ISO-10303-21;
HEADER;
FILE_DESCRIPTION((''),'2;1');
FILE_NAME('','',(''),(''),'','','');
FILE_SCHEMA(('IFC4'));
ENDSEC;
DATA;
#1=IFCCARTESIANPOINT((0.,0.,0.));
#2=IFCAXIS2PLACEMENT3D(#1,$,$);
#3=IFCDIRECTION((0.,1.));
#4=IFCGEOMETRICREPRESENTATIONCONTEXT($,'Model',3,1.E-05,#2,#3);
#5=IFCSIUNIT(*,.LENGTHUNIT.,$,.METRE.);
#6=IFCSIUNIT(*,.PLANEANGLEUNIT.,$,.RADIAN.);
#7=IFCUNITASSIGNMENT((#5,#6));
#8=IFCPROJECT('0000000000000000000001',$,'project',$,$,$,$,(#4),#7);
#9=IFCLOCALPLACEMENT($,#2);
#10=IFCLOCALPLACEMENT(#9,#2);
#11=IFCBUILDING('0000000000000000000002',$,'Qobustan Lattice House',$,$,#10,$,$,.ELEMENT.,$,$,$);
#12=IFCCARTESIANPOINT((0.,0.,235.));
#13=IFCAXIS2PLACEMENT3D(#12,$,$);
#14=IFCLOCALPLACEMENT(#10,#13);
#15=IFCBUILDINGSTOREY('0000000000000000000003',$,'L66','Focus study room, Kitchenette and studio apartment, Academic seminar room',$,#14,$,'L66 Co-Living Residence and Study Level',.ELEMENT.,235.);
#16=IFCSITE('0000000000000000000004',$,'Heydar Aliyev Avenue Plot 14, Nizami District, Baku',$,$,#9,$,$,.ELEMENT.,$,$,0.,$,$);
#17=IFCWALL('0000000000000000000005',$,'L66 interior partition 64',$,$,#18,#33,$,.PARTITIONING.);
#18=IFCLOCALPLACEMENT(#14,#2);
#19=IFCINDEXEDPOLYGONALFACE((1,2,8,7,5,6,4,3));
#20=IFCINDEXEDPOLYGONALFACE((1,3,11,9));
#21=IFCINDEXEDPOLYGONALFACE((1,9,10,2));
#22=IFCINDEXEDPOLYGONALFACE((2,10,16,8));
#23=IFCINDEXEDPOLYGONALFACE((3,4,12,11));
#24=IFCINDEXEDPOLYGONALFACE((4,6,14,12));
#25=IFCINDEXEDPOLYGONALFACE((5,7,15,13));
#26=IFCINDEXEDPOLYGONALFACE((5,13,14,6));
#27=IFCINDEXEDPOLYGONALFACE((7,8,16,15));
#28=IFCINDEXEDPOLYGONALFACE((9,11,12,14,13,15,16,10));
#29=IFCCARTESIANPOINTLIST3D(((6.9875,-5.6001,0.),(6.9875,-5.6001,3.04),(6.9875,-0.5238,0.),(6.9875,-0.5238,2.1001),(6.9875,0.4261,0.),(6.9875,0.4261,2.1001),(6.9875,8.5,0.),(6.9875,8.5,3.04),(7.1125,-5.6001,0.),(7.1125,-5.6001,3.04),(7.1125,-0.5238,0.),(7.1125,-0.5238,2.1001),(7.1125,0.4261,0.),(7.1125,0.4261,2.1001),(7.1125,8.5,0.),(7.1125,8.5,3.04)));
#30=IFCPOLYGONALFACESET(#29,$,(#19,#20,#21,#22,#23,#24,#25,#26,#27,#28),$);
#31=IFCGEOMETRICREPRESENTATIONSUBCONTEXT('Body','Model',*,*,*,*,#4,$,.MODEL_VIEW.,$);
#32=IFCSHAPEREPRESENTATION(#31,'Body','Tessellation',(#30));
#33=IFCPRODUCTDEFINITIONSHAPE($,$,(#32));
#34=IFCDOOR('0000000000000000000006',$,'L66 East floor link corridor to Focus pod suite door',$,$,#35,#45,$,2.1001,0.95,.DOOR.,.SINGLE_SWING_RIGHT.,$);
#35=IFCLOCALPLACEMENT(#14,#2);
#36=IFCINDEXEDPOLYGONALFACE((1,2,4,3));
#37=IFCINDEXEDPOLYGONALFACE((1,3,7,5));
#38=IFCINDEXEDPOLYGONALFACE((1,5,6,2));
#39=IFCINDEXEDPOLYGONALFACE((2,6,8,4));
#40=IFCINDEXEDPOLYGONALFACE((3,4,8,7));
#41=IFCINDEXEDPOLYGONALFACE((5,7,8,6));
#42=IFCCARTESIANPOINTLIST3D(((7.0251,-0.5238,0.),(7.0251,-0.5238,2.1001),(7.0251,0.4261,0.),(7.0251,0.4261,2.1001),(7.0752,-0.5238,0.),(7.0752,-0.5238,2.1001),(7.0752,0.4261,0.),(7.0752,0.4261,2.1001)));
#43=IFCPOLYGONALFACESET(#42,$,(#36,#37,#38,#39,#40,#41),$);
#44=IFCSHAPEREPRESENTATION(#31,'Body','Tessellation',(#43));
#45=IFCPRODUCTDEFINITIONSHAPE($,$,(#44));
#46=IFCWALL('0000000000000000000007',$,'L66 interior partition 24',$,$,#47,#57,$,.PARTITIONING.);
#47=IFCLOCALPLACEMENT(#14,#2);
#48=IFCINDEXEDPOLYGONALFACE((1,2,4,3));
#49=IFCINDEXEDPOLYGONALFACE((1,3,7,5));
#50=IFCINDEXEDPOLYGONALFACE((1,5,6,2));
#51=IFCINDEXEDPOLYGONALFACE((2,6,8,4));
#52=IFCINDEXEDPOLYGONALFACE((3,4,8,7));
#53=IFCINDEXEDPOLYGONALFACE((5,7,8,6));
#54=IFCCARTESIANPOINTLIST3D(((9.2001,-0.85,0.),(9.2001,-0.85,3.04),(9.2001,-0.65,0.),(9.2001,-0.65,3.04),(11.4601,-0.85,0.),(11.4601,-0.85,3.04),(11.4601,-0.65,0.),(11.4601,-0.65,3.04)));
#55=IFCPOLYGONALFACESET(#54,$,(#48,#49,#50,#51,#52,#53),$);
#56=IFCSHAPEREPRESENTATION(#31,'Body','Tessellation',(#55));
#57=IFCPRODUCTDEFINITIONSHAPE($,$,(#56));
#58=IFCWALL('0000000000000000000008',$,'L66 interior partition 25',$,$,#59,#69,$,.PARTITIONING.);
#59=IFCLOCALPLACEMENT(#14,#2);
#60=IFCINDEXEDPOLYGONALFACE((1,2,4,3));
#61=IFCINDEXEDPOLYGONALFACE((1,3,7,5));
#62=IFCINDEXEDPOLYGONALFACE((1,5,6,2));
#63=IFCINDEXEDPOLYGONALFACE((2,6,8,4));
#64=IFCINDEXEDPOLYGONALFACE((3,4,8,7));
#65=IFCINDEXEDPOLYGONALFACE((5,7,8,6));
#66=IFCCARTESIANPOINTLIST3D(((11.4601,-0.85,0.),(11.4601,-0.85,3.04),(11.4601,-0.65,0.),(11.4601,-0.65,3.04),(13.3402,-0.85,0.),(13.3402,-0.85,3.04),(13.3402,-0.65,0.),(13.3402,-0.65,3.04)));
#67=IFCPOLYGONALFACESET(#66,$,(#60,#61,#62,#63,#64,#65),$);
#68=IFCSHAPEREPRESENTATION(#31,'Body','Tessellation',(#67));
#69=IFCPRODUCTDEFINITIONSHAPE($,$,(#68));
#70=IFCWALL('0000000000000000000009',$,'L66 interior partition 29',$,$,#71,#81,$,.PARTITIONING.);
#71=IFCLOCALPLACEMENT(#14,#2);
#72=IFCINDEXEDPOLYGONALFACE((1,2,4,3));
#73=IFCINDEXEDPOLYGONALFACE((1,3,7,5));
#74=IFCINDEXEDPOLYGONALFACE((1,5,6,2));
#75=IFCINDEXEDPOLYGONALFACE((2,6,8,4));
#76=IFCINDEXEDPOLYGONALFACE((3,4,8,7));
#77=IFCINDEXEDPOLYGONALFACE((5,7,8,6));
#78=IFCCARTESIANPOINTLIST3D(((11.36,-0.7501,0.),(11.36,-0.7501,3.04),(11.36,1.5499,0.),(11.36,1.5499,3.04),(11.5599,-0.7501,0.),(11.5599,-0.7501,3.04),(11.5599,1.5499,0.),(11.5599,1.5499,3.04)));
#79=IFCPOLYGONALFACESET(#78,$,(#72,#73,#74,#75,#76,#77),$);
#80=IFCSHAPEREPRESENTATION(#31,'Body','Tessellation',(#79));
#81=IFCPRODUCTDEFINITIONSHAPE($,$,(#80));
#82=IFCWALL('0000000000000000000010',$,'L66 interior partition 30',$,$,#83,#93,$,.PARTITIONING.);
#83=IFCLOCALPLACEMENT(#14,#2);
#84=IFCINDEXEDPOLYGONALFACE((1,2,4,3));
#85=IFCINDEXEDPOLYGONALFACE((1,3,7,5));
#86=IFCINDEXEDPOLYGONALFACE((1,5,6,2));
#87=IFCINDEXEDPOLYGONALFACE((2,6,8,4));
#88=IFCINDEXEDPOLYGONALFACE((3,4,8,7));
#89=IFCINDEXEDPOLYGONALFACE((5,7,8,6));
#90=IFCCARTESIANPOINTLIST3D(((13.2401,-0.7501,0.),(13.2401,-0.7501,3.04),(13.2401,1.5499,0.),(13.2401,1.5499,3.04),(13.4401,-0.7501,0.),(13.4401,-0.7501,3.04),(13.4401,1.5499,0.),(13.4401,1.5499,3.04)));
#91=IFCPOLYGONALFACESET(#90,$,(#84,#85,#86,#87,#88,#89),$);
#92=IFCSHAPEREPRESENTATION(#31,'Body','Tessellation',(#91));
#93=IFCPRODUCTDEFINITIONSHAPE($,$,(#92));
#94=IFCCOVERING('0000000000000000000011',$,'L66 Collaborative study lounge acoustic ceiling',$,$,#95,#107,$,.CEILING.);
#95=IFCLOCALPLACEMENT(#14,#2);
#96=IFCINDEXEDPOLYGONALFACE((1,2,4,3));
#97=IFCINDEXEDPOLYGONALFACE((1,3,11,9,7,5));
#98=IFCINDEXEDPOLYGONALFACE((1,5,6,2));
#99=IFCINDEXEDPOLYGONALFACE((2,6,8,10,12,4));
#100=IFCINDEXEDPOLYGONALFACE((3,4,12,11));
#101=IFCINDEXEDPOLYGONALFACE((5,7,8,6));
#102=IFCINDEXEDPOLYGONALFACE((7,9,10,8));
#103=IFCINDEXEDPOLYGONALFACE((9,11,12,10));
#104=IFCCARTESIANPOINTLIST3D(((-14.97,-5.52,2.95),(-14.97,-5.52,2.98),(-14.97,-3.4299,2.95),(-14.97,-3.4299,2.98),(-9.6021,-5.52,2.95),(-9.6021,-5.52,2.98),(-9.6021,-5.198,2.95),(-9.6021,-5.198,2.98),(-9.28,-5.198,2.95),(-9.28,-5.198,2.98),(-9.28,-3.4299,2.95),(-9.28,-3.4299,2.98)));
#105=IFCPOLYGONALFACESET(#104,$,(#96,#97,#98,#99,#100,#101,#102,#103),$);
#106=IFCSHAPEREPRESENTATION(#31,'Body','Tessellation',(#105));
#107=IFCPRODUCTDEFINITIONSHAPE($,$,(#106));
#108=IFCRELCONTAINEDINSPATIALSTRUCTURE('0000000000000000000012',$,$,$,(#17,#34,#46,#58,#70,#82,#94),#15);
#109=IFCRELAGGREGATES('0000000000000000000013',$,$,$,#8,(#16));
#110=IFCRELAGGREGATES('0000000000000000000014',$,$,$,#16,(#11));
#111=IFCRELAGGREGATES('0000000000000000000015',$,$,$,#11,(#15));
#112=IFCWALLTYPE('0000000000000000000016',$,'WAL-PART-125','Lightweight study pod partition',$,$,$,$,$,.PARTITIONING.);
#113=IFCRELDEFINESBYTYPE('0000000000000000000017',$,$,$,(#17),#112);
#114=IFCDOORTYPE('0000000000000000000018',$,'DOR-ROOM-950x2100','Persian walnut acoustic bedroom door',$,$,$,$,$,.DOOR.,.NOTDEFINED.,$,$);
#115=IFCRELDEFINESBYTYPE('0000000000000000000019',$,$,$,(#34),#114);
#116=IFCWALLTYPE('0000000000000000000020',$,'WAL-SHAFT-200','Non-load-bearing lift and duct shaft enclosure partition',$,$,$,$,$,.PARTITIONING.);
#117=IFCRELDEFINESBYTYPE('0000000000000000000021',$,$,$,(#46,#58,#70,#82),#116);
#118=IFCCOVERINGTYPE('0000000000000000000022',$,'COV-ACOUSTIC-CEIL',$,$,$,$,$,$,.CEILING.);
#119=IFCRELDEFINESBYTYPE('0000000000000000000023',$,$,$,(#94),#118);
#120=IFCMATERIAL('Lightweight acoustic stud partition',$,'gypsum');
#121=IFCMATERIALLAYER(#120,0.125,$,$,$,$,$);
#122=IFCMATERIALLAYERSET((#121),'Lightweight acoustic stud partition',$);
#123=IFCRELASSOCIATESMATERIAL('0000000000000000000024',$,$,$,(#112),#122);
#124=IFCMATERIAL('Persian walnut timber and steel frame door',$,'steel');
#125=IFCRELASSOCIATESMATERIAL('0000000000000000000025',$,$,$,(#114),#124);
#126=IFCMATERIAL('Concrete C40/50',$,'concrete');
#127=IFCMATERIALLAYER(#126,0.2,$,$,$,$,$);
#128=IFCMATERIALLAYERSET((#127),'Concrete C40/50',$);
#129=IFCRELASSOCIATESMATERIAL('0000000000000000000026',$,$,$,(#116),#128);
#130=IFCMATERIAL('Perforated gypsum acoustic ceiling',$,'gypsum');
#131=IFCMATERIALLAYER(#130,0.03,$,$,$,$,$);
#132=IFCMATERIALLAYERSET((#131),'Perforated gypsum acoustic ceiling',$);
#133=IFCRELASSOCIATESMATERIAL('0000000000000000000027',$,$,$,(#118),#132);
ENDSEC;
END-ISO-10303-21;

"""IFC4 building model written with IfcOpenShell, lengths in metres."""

from ifc_helpers import new_model, si_unit, direction, frame, frame_2d, origin, place, context, subcontext, project, spatial, polyline, rectangle, outline, extrude, material, layer, layer_set, type_object, element, fill, save


model = new_model("IFC4")

# Units and contexts
model_context = context("Model", 3, precision=1e-05, world=origin(), true_north=direction((0.0, 1.0)))
body_context = subcontext(model_context, "Body", "Model", "MODEL_VIEW")
ifc_project = project(units=[si_unit("LENGTHUNIT", "METRE"), si_unit("PLANEANGLEUNIT", "RADIAN")], contexts=[model_context])

# Site, building, storey
site_placement = place(None, origin())
site = spatial("IfcSite", under=ifc_project, at=site_placement, Name="Heydar Aliyev Avenue Plot 14, Nizami District, Baku", CompositionType="ELEMENT", RefElevation=0.0)
building_placement = place(site_placement, origin())
building = spatial("IfcBuilding", under=site, at=building_placement, Name="Qobustan Lattice House", CompositionType="ELEMENT")
storey_placement = place(building_placement, frame((0.0, 0.0, 235.0)))
storey = spatial("IfcBuildingStorey", under=building, at=storey_placement, Name="L66", Description="Focus study room, Kitchenette and studio apartment, Academic seminar room", LongName="L66 Co-Living Residence and Study Level", CompositionType="ELEMENT", Elevation=235.0)

# Wall, opening, door
ifc_material_1 = material(Name="Lightweight acoustic stud partition", Category="gypsum")
ifc_layer_1 = layer(ifc_material_1, 0.125)
ifc_layer_set_1 = layer_set([ifc_layer_1], Name="Lightweight acoustic stud partition")
wall_type_1 = type_object("IfcWallType", Name="WAL-PART-125", Description="Lightweight study pod partition", PredefinedType="PARTITIONING", material=ifc_layer_set_1)
wall_1_placement = place(storey_placement, frame((7.05, -5.6001, 0.0), z_axis=(0.0, 0.0, 1.0), x_axis=(0.0, 1.0, 0.0)))
wall_1 = element("IfcWall", 1, at=wall_1_placement, inside=storey, type_object=wall_type_1, Name="L66 interior partition 64", PredefinedType="PARTITIONING", context=body_context, shape_type="SweptSolid", body=[
    extrude(rectangle(XDim=14.1001, YDim=0.125, at=frame_2d((7.05, 0.0))), origin(), (0.0, 0.0, 1.0), 3.04),
])
opening_1_placement = place(wall_1_placement, frame((5.0762, 0.0, 0.0)))
opening_1 = element("IfcOpeningElement", 2, at=opening_1_placement, cuts=wall_1, PredefinedType="OPENING", context=body_context, shape_type="SweptSolid", body=[
    extrude(rectangle(XDim=0.95, YDim=2.1001, at=frame_2d((0.4751, 1.05))), frame((0.0, 0.0725, 0.0), z_axis=(0.0, -1.0, 0.0), x_axis=(1.0, 0.0, 0.0)), (0.0, 0.0, 1.0), 0.145),
])
ifc_material_2 = material(Name="Persian walnut timber and steel frame door", Category="steel")
door_type_1 = type_object("IfcDoorType", Name="DOR-ROOM-950x2100", Description="Persian walnut acoustic bedroom door", OperationType="NOTDEFINED", PredefinedType="DOOR", material=ifc_material_2)
door_1_placement = place(opening_1_placement, origin())
door_1 = element("IfcDoor", 3, at=door_1_placement, inside=storey, type_object=door_type_1, Name="L66 East floor link corridor to Focus pod suite door", OperationType="SINGLE_SWING_RIGHT", OverallHeight=2.1001, OverallWidth=0.95, PredefinedType="DOOR", context=body_context, shape_type="SweptSolid", body=[
    extrude(rectangle(XDim=0.95, YDim=2.1001, at=frame_2d((0.4751, 1.05))), frame((0.0, 0.0249, 0.0), z_axis=(0.0, -1.0, 0.0), x_axis=(1.0, 0.0, 0.0)), (0.0, 0.0, 1.0), 0.05),
])
fill(opening_1, door_1)

# Walls
ifc_material_3 = material(Name="Concrete C40/50", Category="concrete")
ifc_layer_2 = layer(ifc_material_3, 0.2)
ifc_layer_set_2 = layer_set([ifc_layer_2], Name="Concrete C40/50")
wall_type_2 = type_object("IfcWallType", Name="WAL-SHAFT-200", Description="Non-load-bearing lift and duct shaft enclosure partition", PredefinedType="PARTITIONING", material=ifc_layer_set_2)
wall_2_placement = place(storey_placement, frame((11.46, -0.75, 0.0), z_axis=(0.0, 0.0, 1.0), x_axis=(-1.0, 0.0, 0.0)))
element("IfcWall", 4, at=wall_2_placement, inside=storey, type_object=wall_type_2, Name="L66 interior partition 24", PredefinedType="PARTITIONING", context=body_context, shape_type="SweptSolid", body=[
    extrude(rectangle(XDim=2.26, YDim=0.2, at=frame_2d((1.1299, 0.0))), origin(), (0.0, 0.0, 1.0), 3.04),
])
wall_3_placement = place(storey_placement, frame((13.3401, -0.75, 0.0), z_axis=(0.0, 0.0, 1.0), x_axis=(-1.0, 0.0, 0.0)))
element("IfcWall", 5, at=wall_3_placement, inside=storey, type_object=wall_type_2, Name="L66 interior partition 25", PredefinedType="PARTITIONING", context=body_context, shape_type="SweptSolid", body=[
    extrude(rectangle(XDim=1.8801, YDim=0.2, at=frame_2d((0.9399, 0.0))), origin(), (0.0, 0.0, 1.0), 3.04),
])
for number, where, z_axis, x_axis, name in (
    (6, (11.46, -0.75, 0.0), (0.0, 0.0, 1.0), (0.0, 1.0, 0.0), "L66 interior partition 29"),
    (7, (13.3401, -0.75, 0.0), (0.0, 0.0, 1.0), (0.0, 1.0, 0.0), "L66 interior partition 30"),
):
    element("IfcWall", number, at=place(storey_placement, frame(where, z_axis=z_axis, x_axis=x_axis)), inside=storey, type_object=wall_type_2, Name=name, PredefinedType="PARTITIONING", context=body_context, shape_type="SweptSolid", body=[
        extrude(rectangle(XDim=2.3, YDim=0.2, at=frame_2d((1.1499, 0.0))), origin(), (0.0, 0.0, 1.0), 3.04),
    ])

# Covering
ifc_material_4 = material(Name="Perforated gypsum acoustic ceiling", Category="gypsum")
ifc_layer_3 = layer(ifc_material_4, 0.03)
ifc_layer_set_3 = layer_set([ifc_layer_3], Name="Perforated gypsum acoustic ceiling")
covering_type = type_object("IfcCoveringType", Name="COV-ACOUSTIC-CEIL", PredefinedType="CEILING", material=ifc_layer_set_3)
covering_placement = place(storey_placement, frame((0.0, 0.0, 2.95)))
element("IfcCovering", 8, at=covering_placement, inside=storey, type_object=covering_type, Name="L66 Collaborative study lounge acoustic ceiling", PredefinedType="CEILING", context=body_context, shape_type="SweptSolid", body=[
    extrude(outline(polyline([(-14.97, -3.4299), (-14.97, -5.52), (-9.6021, -5.52), (-9.6021, -5.198), (-9.28, -5.198), (-9.28, -3.4299), (-14.97, -3.4299)])), origin(), (0.0, 0.0, 1.0), 0.03),
])

save(model, "model.ifc")
